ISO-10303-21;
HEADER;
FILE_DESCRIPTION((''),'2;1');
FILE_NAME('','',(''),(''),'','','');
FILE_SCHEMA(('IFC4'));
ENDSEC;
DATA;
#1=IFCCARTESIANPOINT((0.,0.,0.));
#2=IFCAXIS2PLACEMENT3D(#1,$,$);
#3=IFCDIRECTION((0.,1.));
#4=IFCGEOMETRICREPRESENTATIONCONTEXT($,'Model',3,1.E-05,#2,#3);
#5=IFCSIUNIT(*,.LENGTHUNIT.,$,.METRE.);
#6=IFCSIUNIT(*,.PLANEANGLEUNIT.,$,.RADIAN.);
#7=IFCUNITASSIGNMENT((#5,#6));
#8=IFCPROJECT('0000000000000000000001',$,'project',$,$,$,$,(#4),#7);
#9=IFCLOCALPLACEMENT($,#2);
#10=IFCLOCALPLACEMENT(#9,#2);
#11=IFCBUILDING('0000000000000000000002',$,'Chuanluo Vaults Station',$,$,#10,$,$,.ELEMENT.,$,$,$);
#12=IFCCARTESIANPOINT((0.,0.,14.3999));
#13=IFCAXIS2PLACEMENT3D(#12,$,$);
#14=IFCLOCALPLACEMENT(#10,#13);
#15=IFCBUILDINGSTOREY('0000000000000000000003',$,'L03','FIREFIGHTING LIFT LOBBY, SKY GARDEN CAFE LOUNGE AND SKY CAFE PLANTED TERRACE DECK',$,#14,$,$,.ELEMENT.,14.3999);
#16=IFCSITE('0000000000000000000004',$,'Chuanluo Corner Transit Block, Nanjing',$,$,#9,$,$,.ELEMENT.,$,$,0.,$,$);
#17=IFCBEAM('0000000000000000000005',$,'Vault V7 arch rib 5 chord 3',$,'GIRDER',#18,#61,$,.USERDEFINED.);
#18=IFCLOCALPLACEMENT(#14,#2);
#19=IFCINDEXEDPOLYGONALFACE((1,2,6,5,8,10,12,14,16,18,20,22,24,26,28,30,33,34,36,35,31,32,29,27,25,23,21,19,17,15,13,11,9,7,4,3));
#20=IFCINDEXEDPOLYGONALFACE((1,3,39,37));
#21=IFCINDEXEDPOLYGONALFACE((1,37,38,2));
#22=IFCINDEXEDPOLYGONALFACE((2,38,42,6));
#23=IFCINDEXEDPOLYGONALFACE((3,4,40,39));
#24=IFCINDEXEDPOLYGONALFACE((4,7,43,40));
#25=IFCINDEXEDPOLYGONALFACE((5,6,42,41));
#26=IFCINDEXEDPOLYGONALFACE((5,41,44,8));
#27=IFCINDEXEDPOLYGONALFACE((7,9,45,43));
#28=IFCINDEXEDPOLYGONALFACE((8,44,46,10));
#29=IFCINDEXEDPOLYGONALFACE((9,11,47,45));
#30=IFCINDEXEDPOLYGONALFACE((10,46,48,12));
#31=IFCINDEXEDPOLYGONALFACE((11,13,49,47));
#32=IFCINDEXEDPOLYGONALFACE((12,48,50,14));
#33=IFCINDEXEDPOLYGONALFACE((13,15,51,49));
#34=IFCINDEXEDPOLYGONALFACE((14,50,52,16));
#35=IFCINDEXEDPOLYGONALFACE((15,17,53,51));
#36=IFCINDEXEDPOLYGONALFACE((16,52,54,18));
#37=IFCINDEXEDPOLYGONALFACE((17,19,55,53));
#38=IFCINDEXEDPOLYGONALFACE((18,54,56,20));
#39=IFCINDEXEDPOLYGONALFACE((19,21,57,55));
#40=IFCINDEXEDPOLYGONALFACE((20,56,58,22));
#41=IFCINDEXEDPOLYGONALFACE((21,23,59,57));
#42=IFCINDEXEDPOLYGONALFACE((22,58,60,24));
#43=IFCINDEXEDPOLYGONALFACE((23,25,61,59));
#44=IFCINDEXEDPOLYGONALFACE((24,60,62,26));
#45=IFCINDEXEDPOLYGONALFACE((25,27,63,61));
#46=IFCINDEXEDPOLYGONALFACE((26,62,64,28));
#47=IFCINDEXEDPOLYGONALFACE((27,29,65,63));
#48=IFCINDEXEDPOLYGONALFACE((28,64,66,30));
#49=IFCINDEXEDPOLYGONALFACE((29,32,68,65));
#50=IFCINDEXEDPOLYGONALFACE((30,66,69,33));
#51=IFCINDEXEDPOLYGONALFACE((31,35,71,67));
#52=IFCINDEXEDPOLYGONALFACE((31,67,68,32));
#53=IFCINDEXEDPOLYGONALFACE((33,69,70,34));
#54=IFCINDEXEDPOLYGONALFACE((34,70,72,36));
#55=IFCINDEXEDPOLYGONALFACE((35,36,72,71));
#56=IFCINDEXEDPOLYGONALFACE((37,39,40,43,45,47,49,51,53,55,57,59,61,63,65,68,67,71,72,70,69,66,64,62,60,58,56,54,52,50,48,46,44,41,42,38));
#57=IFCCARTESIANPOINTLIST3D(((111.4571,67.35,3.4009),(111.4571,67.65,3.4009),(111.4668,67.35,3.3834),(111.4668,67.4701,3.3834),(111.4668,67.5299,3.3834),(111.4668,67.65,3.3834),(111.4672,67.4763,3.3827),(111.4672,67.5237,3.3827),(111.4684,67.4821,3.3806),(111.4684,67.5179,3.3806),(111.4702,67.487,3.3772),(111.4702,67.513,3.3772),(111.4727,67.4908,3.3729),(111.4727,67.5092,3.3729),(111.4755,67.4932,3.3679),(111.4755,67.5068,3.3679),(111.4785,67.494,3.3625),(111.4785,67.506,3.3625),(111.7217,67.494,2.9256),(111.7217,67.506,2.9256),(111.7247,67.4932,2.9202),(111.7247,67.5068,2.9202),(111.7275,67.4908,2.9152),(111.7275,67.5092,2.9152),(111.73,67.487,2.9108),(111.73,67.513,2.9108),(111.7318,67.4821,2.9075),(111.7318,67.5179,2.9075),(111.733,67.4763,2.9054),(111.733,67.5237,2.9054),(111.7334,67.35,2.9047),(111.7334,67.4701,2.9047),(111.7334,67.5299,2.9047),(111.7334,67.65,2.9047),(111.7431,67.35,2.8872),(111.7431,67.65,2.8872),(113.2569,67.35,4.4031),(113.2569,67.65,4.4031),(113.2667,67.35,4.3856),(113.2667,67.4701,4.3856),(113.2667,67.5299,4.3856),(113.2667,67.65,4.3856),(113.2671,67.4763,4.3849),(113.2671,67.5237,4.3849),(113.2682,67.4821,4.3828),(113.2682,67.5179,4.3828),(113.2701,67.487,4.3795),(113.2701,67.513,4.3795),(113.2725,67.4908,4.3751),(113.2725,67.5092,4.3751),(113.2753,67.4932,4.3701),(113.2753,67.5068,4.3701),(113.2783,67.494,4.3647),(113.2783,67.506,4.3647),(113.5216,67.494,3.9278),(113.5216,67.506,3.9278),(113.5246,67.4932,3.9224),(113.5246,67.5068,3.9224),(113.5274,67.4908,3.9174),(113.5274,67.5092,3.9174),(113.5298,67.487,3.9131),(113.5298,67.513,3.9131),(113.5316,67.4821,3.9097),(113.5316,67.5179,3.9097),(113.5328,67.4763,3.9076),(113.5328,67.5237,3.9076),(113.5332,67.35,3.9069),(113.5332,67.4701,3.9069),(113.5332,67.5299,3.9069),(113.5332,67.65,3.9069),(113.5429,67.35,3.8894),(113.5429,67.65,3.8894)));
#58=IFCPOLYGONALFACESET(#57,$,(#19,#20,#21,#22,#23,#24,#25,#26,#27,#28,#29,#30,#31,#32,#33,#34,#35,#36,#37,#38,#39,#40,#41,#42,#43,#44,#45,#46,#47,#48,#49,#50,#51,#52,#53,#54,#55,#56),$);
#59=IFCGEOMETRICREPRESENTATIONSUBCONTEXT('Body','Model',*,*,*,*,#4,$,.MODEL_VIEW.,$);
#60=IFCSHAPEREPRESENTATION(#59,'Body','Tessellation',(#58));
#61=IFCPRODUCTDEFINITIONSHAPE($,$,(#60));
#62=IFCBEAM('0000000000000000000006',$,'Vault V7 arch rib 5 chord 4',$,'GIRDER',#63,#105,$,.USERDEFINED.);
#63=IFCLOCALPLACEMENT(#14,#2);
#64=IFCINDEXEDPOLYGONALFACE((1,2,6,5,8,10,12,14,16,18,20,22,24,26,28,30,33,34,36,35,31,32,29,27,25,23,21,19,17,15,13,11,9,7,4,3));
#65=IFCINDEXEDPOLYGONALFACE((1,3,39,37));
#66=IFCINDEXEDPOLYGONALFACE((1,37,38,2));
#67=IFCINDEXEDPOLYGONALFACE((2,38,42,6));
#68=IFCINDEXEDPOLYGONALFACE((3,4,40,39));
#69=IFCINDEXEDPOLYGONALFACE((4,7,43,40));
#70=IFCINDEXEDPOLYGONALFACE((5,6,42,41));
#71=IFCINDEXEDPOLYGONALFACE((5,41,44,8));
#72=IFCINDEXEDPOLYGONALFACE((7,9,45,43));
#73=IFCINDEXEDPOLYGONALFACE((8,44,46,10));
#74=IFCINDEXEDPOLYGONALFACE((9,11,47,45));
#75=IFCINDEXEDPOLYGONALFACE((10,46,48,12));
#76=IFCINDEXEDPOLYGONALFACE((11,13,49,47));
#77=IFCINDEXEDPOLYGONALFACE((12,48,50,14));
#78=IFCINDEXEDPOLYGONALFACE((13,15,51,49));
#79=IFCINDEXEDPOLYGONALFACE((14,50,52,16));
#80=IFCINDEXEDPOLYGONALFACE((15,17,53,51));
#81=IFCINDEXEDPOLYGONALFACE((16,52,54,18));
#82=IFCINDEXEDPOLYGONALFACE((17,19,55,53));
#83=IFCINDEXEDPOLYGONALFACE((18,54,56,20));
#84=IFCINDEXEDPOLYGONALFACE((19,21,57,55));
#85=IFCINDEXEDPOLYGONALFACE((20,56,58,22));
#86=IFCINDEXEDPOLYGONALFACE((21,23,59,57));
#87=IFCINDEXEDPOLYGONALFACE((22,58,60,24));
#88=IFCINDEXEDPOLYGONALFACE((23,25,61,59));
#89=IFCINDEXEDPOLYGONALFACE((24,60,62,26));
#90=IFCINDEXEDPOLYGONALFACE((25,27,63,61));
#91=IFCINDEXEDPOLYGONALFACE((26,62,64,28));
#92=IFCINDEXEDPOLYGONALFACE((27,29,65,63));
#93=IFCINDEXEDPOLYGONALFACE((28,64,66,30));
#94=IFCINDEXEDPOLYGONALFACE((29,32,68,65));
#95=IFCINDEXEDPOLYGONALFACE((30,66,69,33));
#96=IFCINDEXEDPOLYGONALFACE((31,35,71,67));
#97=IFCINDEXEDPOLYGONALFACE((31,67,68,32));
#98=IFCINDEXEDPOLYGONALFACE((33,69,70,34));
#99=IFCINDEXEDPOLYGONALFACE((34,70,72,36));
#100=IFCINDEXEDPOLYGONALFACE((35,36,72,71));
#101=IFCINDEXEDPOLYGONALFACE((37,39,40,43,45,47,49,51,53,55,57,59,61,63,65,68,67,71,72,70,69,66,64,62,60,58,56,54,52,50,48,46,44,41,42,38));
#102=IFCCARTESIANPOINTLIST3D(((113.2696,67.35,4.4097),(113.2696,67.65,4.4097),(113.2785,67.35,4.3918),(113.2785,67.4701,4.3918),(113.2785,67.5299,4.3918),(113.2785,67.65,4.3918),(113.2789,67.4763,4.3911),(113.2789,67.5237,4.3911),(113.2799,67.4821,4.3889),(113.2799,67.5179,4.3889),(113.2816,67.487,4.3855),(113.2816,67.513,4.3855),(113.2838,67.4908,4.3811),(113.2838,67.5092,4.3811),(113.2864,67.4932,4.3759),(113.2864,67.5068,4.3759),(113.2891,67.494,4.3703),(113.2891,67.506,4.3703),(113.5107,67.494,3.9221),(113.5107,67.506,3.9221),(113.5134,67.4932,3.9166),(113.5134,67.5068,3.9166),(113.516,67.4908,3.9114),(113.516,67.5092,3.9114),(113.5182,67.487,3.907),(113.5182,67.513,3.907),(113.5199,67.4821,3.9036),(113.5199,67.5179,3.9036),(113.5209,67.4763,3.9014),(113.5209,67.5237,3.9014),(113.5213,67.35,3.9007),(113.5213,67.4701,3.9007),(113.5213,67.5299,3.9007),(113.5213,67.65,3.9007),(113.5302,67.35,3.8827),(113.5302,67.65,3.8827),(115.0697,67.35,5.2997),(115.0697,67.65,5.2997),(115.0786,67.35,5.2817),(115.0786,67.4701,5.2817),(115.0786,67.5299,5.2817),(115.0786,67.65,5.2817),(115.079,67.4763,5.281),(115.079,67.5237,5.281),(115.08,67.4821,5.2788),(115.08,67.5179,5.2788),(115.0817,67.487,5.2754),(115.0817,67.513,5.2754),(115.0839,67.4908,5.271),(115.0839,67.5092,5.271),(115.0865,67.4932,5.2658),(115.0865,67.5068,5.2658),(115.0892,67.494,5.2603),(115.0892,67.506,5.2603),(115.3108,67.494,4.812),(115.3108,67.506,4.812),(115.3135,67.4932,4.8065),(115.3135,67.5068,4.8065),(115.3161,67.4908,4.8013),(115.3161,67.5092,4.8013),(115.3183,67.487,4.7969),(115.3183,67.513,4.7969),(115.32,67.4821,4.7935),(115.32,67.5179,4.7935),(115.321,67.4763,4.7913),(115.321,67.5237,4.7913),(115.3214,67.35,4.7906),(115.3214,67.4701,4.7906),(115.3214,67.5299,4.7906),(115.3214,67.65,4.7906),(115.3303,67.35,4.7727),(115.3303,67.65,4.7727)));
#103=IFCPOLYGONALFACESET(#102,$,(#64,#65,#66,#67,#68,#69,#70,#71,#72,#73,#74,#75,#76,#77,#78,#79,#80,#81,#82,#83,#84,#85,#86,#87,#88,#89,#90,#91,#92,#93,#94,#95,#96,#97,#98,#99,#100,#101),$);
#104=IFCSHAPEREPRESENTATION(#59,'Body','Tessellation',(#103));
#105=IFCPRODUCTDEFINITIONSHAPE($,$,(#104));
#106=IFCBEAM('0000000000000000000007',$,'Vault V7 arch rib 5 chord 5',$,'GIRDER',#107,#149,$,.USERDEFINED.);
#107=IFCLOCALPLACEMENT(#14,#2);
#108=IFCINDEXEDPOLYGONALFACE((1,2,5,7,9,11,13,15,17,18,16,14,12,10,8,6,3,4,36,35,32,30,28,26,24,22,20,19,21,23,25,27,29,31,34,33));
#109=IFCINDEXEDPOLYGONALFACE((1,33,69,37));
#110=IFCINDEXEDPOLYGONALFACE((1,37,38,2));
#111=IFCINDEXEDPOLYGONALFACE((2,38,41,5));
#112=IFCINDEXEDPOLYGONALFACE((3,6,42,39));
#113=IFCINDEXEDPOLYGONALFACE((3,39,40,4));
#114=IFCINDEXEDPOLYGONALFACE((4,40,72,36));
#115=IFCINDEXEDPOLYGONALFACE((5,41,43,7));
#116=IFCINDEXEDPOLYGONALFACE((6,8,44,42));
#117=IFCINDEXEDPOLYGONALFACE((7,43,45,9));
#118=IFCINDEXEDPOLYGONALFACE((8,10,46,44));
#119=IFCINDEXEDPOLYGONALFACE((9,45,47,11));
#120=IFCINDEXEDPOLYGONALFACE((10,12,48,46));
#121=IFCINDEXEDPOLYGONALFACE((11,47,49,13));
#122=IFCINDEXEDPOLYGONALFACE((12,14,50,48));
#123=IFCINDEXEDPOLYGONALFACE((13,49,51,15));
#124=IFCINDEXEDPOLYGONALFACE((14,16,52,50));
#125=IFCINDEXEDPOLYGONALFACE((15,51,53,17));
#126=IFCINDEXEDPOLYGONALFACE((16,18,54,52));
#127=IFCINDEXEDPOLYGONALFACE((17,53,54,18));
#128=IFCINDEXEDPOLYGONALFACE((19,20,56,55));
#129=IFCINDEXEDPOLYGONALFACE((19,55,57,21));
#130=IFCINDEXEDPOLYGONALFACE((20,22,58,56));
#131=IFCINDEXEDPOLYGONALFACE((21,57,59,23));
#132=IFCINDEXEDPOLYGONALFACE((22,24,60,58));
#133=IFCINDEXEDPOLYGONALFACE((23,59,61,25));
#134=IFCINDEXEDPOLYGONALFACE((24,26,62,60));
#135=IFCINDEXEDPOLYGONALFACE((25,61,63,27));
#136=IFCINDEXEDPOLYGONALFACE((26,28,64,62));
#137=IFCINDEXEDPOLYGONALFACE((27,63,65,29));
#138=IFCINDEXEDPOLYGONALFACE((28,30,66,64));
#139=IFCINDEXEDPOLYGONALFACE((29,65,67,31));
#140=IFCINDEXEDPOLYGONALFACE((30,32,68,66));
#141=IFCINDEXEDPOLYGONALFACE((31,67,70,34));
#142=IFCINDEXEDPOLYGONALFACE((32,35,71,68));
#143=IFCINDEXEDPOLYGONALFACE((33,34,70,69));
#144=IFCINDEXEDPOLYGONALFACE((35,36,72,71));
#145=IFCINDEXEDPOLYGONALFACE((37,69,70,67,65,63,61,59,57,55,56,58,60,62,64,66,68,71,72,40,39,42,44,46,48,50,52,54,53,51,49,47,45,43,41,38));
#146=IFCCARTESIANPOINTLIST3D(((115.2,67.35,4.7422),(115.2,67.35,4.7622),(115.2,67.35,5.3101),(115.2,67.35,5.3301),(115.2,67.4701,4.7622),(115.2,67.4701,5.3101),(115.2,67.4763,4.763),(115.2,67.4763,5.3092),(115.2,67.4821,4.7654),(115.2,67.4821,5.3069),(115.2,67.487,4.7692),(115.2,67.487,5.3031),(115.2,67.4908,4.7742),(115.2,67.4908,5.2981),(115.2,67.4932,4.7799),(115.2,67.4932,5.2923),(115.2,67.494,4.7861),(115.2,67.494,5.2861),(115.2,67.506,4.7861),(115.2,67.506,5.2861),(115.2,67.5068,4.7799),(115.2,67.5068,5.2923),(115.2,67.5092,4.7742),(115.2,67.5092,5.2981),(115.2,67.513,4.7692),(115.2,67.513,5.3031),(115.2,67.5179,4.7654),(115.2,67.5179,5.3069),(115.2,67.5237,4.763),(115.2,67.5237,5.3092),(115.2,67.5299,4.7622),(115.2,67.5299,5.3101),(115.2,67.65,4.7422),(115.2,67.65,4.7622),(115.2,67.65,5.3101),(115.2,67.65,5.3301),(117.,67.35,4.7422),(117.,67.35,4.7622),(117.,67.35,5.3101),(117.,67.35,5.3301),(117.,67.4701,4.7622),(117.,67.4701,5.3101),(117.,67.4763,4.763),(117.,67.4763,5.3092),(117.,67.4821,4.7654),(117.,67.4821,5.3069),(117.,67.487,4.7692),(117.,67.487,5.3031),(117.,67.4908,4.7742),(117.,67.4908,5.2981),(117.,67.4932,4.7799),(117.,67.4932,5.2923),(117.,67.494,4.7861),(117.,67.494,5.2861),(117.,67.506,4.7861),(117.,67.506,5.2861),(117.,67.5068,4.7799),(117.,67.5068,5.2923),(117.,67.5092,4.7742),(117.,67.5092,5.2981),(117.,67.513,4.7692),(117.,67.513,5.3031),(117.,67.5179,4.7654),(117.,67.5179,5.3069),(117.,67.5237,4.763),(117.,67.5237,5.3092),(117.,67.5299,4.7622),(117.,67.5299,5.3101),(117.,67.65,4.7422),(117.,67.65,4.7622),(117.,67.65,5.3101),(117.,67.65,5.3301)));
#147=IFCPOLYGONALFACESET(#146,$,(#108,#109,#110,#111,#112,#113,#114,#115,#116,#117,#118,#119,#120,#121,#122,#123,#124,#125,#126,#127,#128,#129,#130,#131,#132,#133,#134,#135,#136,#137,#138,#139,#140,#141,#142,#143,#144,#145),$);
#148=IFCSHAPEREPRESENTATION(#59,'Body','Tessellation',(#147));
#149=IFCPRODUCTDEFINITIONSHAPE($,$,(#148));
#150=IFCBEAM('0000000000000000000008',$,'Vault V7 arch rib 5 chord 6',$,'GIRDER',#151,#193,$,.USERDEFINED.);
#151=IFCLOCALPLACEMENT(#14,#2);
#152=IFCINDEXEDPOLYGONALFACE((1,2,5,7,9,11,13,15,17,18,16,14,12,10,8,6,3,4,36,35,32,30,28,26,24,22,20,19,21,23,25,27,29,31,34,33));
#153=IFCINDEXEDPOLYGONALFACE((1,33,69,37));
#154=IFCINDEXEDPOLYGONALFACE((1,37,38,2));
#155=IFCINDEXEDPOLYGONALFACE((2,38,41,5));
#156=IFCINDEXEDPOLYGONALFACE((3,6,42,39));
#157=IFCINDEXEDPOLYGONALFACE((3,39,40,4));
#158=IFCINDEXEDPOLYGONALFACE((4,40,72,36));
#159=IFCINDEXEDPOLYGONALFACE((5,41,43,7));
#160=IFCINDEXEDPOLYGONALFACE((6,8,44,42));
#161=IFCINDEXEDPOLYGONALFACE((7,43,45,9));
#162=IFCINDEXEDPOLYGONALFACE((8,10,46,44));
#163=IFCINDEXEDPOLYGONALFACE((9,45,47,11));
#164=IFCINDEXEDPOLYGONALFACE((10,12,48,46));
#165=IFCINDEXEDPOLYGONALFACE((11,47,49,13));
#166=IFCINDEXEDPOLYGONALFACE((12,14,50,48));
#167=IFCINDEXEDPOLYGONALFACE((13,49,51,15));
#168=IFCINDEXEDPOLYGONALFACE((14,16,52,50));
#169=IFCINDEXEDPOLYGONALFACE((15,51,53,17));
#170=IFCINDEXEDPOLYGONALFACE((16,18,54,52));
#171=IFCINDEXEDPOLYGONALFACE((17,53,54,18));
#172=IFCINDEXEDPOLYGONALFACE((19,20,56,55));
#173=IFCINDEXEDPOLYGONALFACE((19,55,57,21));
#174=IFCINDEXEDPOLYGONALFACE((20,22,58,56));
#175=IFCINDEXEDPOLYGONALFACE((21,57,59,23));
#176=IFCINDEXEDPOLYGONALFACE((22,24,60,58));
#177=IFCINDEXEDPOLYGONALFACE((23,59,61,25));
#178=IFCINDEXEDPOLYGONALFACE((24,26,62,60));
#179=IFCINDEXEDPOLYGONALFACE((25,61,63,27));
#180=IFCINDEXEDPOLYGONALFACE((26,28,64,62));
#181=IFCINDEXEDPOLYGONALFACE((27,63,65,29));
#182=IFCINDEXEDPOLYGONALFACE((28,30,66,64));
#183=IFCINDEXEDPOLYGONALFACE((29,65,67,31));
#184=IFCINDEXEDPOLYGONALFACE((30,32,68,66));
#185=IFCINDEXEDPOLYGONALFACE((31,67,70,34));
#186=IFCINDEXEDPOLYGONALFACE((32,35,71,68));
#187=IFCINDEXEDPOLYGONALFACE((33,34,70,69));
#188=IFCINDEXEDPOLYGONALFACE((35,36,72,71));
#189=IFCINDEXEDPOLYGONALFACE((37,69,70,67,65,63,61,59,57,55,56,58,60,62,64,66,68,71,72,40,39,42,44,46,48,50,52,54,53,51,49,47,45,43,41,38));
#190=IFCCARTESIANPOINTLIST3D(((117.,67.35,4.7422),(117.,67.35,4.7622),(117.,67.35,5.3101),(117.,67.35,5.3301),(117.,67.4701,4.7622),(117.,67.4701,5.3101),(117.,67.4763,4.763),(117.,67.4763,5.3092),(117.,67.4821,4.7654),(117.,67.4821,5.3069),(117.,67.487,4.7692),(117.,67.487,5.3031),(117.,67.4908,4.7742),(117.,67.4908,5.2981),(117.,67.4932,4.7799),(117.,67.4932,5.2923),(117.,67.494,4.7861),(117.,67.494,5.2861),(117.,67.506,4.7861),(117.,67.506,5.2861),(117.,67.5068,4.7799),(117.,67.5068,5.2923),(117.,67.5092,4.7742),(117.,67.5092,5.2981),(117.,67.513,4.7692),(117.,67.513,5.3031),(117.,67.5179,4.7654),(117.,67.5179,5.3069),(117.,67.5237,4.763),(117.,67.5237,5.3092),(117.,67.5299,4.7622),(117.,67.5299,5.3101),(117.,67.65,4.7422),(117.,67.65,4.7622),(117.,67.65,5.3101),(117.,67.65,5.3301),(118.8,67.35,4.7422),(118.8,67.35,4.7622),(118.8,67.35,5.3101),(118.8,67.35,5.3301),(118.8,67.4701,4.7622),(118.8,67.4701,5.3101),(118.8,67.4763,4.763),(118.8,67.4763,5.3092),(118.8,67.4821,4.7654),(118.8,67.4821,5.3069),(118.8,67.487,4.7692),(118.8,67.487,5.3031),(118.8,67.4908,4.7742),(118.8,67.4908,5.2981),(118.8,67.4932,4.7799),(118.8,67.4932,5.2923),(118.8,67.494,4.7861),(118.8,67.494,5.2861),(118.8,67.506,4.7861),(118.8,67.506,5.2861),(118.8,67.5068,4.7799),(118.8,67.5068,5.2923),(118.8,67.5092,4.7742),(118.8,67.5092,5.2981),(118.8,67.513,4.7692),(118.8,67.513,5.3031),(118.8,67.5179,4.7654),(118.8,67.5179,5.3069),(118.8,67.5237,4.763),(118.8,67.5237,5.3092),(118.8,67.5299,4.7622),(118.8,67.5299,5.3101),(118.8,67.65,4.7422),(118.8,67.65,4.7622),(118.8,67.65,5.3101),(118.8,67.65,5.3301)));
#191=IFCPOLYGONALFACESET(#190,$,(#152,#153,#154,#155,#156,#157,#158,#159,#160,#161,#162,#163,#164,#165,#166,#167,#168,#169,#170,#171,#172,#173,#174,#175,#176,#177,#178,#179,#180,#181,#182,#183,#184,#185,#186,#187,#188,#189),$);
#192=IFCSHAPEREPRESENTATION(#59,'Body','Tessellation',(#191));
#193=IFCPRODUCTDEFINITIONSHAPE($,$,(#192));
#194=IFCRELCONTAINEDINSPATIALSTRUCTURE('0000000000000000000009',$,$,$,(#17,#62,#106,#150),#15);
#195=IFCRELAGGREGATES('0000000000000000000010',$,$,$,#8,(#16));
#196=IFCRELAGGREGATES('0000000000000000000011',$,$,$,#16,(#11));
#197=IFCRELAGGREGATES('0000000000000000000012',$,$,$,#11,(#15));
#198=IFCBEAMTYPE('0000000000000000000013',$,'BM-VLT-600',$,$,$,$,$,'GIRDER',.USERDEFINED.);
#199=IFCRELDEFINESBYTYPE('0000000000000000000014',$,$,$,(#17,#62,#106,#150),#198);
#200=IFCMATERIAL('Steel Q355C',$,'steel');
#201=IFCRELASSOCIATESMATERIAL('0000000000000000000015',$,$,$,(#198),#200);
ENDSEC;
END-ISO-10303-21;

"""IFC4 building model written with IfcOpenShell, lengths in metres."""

from ifc_helpers import new_model, si_unit, direction, frame, origin, origin_2d, place, context, subcontext, project, spatial, i_section, extrude, material, material_profile, profile_set, type_object, element, save


model = new_model("IFC4")

# Units and contexts
model_context = context("Model", 3, precision=1e-05, world=origin(), true_north=direction((0.0, 1.0)))
body_context = subcontext(model_context, "Body", "Model", "MODEL_VIEW")
ifc_project = project(units=[si_unit("LENGTHUNIT", "METRE"), si_unit("PLANEANGLEUNIT", "RADIAN")], contexts=[model_context])

# Site, building, storey
site_placement = place(None, origin())
site = spatial("IfcSite", under=ifc_project, at=site_placement, Name="Chuanluo Corner Transit Block, Nanjing", CompositionType="ELEMENT", RefElevation=0.0)
building_placement = place(site_placement, origin())
building = spatial("IfcBuilding", under=site, at=building_placement, Name="Chuanluo Vaults Station", CompositionType="ELEMENT")
storey_placement = place(building_placement, frame((0.0, 0.0, 14.3999)))
storey = spatial("IfcBuildingStorey", under=building, at=storey_placement, Name="L03", Description="FIREFIGHTING LIFT LOBBY, SKY GARDEN CAFE LOUNGE AND SKY CAFE PLANTED TERRACE DECK", CompositionType="ELEMENT", Elevation=14.3999)

# Beams
ifc_material_1 = material(Name="Steel Q355C", Category="steel")
ifc_material_profile_1 = material_profile(ifc_material_1, i_section(OverallWidth=0.3, OverallDepth=0.5879, WebThickness=0.012, FlangeThickness=0.02, FilletRadius=0.0239, at=origin_2d()))
ifc_profile_set_1 = profile_set([ifc_material_profile_1], Name="Steel Q355C")
beam_type_1 = type_object("IfcBeamType", Name="BM-VLT-600", ElementType="GIRDER", PredefinedType="USERDEFINED", material=ifc_profile_set_1)
beam_1_placement = place(storey_placement, frame((111.6001, 67.5, 3.144), z_axis=(0.873682, 0.0, 0.486498), x_axis=(0.0, 1.0, 0.0)))
element("IfcBeam", 1, at=beam_1_placement, inside=storey, type_object=beam_type_1, Name="Vault V7 arch rib 5 chord 3", ObjectType="GIRDER", PredefinedType="USERDEFINED", context=body_context, shape_type="SweptSolid", body=[
    extrude(i_section(OverallWidth=0.3, OverallDepth=0.5879, WebThickness=0.012, FlangeThickness=0.02, FilletRadius=0.0239, at=origin_2d()), origin(), (0.0, 0.0, 1.0), 2.0601),
])
beam_2_placement = place(storey_placement, frame((113.3999, 67.5, 4.1462), z_axis=(0.896436, 0.0, 0.443172), x_axis=(0.0, 1.0, 0.0)))
element("IfcBeam", 2, at=beam_2_placement, inside=storey, type_object=beam_type_1, Name="Vault V7 arch rib 5 chord 4", ObjectType="GIRDER", PredefinedType="USERDEFINED", context=body_context, shape_type="SweptSolid", body=[
    extrude(i_section(OverallWidth=0.3, OverallDepth=0.5879, WebThickness=0.012, FlangeThickness=0.02, FilletRadius=0.0239, at=origin_2d()), origin(), (0.0, 0.0, 1.0), 2.0081),
])
for number, where, z_axis, x_axis, name in (
    (3, (115.2, 67.5, 5.0361), (1.0, 0.0, 0.0), (0.0, 1.0, 0.0), "Vault V7 arch rib 5 chord 5"),
    (4, (117.0, 67.5, 5.0361), (1.0, 0.0, 0.0), (0.0, 1.0, 0.0), "Vault V7 arch rib 5 chord 6"),
):
    element("IfcBeam", number, at=place(storey_placement, frame(where, z_axis=z_axis, x_axis=x_axis)), inside=storey, type_object=beam_type_1, Name=name, ObjectType="GIRDER", PredefinedType="USERDEFINED", context=body_context, shape_type="SweptSolid", body=[
        extrude(i_section(OverallWidth=0.3, OverallDepth=0.5879, WebThickness=0.012, FlangeThickness=0.02, FilletRadius=0.0239, at=origin_2d()), origin(), (0.0, 0.0, 1.0), 1.8),
    ])

save(model, "model.ifc")
